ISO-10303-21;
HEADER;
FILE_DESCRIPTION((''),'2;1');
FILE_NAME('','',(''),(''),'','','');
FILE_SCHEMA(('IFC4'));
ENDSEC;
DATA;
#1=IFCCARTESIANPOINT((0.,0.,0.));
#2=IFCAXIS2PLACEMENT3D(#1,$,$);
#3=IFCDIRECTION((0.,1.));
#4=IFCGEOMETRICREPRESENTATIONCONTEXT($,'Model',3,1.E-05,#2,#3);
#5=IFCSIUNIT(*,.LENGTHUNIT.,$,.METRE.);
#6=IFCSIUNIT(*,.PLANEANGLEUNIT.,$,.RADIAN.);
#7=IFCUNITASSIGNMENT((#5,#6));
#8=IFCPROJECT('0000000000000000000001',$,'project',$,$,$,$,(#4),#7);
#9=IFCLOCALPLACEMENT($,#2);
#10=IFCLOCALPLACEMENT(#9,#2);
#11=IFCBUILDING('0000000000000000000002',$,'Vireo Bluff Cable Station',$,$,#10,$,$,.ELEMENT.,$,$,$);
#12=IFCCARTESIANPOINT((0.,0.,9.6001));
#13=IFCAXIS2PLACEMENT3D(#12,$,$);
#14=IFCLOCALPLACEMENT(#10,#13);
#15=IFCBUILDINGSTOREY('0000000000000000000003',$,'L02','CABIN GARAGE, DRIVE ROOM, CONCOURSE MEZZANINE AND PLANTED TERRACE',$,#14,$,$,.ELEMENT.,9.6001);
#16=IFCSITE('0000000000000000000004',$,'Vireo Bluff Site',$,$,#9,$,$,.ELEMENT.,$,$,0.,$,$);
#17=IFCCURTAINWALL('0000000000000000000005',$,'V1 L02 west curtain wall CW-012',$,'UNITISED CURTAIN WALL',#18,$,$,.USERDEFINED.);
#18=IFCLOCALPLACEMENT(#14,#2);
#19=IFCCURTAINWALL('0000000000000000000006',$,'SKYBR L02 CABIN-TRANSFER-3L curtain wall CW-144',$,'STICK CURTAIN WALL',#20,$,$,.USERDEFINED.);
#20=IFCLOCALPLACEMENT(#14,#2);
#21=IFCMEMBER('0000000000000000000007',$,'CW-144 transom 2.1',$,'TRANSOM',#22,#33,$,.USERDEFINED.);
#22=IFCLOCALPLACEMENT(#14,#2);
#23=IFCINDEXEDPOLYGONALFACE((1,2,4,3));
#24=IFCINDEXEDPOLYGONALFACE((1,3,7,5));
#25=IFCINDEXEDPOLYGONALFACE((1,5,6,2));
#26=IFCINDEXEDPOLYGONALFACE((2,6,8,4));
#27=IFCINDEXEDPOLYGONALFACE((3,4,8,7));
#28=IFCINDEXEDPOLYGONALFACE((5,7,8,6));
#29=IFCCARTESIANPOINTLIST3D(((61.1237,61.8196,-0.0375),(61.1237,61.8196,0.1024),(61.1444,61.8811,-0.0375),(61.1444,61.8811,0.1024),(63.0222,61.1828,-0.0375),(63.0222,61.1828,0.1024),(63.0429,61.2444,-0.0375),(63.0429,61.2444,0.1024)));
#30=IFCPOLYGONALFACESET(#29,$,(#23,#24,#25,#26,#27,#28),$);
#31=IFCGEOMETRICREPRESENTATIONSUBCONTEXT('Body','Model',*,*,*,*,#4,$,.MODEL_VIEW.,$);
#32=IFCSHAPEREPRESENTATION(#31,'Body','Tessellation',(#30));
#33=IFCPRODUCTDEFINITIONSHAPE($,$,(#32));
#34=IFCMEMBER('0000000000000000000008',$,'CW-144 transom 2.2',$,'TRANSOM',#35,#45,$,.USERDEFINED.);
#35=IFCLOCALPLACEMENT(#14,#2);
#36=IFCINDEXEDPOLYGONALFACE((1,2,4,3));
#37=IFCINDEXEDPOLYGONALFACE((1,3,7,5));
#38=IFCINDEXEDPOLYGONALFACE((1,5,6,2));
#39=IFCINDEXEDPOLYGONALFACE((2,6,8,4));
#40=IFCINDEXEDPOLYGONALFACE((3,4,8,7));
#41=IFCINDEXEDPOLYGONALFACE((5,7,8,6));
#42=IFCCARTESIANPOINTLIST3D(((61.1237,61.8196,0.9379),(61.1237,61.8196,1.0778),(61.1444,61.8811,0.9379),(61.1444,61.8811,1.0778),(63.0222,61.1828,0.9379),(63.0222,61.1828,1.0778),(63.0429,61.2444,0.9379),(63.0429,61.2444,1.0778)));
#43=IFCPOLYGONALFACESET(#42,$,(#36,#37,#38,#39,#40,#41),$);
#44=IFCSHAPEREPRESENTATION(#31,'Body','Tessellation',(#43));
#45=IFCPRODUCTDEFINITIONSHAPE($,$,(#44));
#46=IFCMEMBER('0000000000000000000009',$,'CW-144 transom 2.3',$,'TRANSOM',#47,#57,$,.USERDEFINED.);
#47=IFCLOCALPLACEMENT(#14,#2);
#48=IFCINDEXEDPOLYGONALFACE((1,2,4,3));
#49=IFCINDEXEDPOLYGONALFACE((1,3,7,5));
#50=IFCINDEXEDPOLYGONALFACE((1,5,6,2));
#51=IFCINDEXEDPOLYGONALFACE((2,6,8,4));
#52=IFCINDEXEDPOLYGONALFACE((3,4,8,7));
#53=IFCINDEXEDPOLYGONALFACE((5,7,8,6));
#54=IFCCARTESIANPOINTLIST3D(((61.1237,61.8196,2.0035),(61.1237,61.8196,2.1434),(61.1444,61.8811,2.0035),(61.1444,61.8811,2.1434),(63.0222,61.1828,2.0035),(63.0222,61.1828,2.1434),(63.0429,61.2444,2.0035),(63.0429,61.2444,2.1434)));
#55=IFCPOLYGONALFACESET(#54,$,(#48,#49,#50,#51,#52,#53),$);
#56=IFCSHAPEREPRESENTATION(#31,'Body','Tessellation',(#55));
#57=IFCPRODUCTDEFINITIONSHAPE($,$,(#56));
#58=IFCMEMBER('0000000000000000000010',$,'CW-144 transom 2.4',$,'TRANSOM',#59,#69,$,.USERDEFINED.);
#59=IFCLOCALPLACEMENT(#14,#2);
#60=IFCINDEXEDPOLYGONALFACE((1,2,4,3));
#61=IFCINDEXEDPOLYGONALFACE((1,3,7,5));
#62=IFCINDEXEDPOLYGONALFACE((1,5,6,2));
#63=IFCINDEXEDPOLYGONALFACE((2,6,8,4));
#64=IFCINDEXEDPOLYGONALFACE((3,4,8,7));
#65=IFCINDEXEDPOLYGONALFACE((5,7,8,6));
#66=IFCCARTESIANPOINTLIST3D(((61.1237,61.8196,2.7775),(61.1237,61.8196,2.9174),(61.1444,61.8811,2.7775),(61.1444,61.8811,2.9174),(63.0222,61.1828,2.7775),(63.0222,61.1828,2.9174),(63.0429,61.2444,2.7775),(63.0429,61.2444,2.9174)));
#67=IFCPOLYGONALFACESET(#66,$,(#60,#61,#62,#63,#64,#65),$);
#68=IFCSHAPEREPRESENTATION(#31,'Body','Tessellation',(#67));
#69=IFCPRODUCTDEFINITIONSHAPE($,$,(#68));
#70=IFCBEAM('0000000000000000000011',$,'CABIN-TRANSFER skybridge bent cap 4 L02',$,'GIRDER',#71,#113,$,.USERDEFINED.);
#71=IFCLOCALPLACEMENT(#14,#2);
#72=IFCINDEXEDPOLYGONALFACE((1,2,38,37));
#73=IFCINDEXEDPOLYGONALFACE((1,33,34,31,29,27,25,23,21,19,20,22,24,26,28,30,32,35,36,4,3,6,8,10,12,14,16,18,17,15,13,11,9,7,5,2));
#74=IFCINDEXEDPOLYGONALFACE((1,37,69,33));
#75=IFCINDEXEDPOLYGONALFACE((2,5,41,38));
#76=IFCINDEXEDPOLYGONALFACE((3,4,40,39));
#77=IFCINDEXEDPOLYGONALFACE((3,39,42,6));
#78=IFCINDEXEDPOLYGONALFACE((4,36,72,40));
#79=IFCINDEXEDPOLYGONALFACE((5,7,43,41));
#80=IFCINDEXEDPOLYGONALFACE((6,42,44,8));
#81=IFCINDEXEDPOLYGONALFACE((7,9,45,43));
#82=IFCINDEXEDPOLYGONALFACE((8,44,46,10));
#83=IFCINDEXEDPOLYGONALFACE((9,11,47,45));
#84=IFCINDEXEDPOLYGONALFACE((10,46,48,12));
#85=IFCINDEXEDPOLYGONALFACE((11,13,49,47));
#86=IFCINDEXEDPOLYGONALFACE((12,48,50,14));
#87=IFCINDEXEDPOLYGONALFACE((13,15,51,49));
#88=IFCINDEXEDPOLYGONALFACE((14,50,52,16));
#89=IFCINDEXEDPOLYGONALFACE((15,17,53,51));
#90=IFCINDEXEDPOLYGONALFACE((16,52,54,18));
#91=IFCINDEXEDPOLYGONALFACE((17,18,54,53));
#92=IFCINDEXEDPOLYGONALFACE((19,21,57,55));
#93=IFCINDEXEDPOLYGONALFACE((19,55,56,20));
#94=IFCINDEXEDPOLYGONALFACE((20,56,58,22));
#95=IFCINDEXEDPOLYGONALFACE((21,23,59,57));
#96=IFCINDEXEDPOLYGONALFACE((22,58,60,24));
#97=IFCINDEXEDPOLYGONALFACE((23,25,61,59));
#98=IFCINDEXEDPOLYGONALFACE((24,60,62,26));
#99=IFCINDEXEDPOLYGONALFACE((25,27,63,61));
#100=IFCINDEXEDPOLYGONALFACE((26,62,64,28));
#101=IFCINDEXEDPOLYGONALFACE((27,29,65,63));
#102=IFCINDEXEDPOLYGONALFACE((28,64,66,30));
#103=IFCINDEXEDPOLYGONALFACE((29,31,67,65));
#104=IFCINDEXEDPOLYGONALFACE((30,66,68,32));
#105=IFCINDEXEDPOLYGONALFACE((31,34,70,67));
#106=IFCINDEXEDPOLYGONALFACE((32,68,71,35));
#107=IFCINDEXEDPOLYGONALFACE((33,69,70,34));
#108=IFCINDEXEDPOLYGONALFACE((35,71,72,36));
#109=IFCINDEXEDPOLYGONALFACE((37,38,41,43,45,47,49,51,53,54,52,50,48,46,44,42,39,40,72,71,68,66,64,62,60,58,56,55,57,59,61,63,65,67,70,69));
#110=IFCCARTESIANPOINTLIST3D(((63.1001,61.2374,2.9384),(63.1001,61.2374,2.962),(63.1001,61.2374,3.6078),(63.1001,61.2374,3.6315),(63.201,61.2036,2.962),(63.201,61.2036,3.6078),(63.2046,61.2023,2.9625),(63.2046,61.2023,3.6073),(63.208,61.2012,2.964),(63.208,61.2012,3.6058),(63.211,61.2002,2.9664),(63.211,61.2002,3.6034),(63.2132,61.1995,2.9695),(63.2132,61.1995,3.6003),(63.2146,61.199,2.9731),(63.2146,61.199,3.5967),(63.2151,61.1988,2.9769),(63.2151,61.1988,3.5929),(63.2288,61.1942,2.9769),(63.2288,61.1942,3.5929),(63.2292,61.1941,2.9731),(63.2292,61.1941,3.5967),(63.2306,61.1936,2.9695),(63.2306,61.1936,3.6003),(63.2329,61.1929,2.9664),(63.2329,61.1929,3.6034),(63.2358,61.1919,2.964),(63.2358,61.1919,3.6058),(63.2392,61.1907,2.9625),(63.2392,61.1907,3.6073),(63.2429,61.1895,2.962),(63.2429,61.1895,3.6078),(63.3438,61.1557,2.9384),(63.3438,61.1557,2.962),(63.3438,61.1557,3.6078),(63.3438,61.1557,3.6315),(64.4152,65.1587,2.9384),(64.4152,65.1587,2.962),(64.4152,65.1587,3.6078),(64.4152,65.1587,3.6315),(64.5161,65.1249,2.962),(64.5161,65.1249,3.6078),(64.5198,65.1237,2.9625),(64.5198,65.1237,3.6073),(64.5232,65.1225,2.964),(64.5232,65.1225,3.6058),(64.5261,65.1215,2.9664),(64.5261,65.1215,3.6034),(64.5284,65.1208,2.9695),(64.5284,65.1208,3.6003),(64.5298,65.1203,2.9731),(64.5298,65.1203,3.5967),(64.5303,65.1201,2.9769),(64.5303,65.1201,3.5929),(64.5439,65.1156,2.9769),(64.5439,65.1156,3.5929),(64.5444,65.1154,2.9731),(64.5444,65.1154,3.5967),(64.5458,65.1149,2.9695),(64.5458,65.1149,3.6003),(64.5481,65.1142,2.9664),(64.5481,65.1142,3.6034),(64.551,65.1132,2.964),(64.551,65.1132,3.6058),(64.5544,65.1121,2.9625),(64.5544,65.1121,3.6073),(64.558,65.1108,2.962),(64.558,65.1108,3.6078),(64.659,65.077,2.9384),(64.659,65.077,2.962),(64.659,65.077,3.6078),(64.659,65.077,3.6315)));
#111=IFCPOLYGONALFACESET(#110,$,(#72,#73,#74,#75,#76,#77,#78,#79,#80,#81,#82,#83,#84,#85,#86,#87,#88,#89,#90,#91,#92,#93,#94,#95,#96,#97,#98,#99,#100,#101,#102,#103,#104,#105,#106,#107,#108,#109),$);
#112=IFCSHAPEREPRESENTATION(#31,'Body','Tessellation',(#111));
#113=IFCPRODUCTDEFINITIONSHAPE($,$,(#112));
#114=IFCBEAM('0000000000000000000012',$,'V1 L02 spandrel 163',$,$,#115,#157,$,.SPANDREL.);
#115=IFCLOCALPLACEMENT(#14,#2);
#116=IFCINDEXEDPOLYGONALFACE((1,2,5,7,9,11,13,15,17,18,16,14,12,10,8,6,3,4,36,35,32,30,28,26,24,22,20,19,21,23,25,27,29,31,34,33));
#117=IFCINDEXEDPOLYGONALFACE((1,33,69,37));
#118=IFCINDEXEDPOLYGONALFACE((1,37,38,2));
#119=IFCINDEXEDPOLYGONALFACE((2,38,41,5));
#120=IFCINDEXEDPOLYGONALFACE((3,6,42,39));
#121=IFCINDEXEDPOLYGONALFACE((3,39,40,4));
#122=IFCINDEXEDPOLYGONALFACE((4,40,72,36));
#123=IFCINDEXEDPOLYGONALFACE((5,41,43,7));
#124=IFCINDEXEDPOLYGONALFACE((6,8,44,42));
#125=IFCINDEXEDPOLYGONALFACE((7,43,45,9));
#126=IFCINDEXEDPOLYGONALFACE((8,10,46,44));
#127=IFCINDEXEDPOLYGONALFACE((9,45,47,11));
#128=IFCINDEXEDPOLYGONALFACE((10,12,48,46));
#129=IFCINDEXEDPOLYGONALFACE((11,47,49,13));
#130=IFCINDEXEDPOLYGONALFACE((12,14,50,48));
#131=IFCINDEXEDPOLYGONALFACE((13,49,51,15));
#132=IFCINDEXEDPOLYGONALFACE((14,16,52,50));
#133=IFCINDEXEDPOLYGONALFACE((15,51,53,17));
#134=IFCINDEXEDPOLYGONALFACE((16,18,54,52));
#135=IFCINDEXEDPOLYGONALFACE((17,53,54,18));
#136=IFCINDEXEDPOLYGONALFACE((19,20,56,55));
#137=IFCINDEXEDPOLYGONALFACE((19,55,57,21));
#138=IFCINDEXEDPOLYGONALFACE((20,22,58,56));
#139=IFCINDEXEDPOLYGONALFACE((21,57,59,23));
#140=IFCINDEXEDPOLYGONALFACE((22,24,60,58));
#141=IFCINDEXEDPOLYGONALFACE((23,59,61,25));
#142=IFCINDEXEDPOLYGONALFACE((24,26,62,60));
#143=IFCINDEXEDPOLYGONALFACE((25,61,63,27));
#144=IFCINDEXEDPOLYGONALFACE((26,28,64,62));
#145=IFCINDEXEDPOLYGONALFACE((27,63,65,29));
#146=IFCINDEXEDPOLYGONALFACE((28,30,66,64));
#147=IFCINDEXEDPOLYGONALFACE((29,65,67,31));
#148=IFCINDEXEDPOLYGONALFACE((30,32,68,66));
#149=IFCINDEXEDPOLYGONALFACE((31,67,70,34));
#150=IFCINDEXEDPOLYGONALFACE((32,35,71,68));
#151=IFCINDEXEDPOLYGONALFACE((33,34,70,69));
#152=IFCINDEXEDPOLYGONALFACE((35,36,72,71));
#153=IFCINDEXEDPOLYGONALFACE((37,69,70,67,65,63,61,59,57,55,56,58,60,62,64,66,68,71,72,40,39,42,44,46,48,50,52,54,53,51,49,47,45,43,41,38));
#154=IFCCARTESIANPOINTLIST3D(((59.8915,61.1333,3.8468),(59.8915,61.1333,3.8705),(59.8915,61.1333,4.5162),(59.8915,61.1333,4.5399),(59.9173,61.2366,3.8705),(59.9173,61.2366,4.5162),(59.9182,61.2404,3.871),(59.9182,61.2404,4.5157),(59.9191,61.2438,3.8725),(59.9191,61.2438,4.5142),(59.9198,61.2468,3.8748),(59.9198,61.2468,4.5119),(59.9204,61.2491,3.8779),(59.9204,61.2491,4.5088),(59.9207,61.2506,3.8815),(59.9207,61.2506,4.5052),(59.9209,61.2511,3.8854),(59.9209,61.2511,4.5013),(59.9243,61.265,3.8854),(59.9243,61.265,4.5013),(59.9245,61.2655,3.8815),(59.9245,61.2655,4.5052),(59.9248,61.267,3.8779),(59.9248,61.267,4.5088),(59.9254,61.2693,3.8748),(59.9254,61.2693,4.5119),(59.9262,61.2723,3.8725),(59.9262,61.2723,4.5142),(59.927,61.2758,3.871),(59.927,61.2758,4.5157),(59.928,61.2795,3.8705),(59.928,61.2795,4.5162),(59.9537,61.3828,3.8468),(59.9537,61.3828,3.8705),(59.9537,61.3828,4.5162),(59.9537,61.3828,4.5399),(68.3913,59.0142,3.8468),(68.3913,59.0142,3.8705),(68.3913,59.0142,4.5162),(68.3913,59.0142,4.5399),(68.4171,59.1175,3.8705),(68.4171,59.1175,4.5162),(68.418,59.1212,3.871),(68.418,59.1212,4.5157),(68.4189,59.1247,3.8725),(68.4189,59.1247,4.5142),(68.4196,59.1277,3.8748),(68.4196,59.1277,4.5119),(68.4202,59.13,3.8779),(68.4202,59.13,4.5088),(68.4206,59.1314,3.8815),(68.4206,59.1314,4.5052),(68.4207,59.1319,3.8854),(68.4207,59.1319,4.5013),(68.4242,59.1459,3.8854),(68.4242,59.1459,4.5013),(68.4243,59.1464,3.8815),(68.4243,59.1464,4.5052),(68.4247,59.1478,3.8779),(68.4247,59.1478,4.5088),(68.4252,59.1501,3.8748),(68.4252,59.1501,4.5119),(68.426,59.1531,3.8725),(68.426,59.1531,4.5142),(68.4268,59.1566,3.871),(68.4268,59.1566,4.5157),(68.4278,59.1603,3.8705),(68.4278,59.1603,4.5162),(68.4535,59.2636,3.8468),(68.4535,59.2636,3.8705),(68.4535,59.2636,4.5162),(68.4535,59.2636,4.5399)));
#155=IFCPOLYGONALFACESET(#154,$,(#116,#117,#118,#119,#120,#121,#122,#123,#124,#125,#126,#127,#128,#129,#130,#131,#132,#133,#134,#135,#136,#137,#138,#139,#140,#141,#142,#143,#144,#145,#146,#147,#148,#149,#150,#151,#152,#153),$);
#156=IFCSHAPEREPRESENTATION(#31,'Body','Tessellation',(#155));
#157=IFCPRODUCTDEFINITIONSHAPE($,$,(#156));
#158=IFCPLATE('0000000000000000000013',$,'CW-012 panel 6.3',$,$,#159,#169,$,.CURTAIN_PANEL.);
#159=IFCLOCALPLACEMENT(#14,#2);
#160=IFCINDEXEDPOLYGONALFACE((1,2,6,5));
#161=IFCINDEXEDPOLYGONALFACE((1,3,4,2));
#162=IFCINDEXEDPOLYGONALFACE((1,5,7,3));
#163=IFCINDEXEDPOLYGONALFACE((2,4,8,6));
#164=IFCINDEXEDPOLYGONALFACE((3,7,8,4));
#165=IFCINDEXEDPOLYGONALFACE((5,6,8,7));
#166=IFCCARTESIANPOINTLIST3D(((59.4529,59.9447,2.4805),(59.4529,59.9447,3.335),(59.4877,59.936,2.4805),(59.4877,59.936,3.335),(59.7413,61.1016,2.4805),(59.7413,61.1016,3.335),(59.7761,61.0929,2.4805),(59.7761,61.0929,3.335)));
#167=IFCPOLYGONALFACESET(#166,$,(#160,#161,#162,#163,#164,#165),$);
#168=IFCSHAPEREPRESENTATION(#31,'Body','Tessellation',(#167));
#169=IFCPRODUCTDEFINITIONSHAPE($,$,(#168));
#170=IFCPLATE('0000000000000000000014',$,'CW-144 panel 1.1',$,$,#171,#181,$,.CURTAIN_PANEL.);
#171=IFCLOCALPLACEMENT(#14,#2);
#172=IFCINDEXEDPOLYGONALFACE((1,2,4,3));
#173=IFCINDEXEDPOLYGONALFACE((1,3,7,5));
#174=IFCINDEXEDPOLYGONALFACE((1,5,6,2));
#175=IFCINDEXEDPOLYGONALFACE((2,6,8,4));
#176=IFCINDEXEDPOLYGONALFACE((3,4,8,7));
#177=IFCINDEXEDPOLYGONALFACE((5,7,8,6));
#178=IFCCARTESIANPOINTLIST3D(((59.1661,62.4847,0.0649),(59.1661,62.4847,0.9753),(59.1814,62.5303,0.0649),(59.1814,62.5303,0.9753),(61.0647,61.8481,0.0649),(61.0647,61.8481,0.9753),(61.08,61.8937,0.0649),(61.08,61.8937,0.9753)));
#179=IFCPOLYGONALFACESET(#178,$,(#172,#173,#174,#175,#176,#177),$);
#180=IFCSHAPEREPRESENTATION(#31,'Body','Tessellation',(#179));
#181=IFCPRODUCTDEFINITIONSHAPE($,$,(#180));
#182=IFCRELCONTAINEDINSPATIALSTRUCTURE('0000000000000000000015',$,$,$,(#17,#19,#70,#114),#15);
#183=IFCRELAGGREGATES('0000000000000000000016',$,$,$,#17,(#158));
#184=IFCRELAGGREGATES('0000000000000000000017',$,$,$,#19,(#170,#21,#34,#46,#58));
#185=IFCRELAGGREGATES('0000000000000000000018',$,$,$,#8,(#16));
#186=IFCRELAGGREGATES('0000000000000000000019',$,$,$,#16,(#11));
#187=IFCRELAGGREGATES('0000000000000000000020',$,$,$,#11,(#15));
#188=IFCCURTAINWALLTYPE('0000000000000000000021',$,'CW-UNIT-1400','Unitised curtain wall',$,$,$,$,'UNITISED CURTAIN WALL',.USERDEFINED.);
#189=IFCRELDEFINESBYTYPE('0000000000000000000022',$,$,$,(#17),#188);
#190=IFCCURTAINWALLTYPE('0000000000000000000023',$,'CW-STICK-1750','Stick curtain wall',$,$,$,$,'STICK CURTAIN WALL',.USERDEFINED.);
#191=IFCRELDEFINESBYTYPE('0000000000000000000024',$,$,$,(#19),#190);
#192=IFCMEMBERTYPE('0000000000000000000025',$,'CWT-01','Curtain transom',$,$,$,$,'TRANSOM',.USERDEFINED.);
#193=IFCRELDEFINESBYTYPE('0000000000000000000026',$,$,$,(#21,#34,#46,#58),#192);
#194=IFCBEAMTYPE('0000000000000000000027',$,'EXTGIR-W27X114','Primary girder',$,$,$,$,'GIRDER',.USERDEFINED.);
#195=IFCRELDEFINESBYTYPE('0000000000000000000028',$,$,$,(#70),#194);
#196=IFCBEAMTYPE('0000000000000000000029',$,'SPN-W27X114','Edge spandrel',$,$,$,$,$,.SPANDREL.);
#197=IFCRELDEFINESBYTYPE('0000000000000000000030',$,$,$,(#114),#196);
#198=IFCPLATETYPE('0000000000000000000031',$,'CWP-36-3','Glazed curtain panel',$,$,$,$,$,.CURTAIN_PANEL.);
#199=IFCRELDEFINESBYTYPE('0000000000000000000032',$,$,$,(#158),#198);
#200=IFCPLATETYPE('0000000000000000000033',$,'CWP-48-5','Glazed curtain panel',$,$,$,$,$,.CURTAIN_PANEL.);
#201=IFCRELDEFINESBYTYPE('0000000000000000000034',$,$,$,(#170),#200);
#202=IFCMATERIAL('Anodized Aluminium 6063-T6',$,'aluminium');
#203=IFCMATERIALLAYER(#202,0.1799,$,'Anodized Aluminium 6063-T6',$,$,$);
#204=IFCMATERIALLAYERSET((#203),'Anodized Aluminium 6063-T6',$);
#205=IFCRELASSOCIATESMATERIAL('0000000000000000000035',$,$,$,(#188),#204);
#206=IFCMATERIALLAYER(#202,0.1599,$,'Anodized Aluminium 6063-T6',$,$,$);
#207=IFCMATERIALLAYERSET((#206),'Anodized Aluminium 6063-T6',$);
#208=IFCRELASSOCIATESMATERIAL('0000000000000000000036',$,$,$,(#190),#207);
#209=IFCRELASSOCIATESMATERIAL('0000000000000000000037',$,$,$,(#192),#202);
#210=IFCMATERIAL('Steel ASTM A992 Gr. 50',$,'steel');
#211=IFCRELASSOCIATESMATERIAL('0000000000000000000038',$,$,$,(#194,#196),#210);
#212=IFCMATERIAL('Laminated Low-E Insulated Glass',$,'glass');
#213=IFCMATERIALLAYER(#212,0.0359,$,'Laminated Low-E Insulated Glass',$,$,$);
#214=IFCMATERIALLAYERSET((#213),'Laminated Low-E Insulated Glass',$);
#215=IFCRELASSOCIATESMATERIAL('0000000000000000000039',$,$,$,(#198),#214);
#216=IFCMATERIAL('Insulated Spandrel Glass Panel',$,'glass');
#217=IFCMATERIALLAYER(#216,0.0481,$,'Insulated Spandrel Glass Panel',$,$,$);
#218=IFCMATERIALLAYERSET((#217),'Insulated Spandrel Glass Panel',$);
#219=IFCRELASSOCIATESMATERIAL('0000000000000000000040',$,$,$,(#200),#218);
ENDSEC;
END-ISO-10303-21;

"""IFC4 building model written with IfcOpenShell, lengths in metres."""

from ifc_helpers import new_model, si_unit, direction, frame, origin, origin_2d, place, context, subcontext, project, spatial, rectangle, i_section, extrude, material, layer, layer_set, material_profile, profile_set, type_object, element, aggregate, save


model = new_model("IFC4")

# Units and contexts
model_context = context("Model", 3, precision=1e-05, world=origin(), true_north=direction((0.0, 1.0)))
body_context = subcontext(model_context, "Body", "Model", "MODEL_VIEW")
ifc_project = project(units=[si_unit("LENGTHUNIT", "METRE"), si_unit("PLANEANGLEUNIT", "RADIAN")], contexts=[model_context])

# Site, building, storey
site_placement = place(None, origin())
site = spatial("IfcSite", under=ifc_project, at=site_placement, Name="Vireo Bluff Site", CompositionType="ELEMENT", RefElevation=0.0)
building_placement = place(site_placement, origin())
building = spatial("IfcBuilding", under=site, at=building_placement, Name="Vireo Bluff Cable Station", CompositionType="ELEMENT")
storey_placement = place(building_placement, frame((0.0, 0.0, 9.6001)))
storey = spatial("IfcBuildingStorey", under=building, at=storey_placement, Name="L02", Description="CABIN GARAGE, DRIVE ROOM, CONCOURSE MEZZANINE AND PLANTED TERRACE", CompositionType="ELEMENT", Elevation=9.6001)

# Shared definitions
ifc_material_1 = material(Name="Steel ASTM A992 Gr. 50", Category="steel")

# Curtain wall
ifc_material_2 = material(Name="Anodized Aluminium 6063-T6", Category="aluminium")
ifc_layer_1 = layer(ifc_material_2, 0.1799, Name="Anodized Aluminium 6063-T6")
ifc_layer_set_1 = layer_set([ifc_layer_1], Name="Anodized Aluminium 6063-T6")
curtain_wall_type_1 = type_object("IfcCurtainWallType", Name="CW-UNIT-1400", Description="Unitised curtain wall", ElementType="UNITISED CURTAIN WALL", PredefinedType="USERDEFINED", material=ifc_layer_set_1)
curtain_wall_1_placement = place(storey_placement, origin())
curtain_wall_1 = element("IfcCurtainWall", 1, at=curtain_wall_1_placement, inside=storey, type_object=curtain_wall_type_1, Name="V1 L02 west curtain wall CW-012", ObjectType="UNITISED CURTAIN WALL", PredefinedType="USERDEFINED")

# Curtain wall, members
ifc_layer_2 = layer(ifc_material_2, 0.1599, Name="Anodized Aluminium 6063-T6")
ifc_layer_set_2 = layer_set([ifc_layer_2], Name="Anodized Aluminium 6063-T6")
curtain_wall_type_2 = type_object("IfcCurtainWallType", Name="CW-STICK-1750", Description="Stick curtain wall", ElementType="STICK CURTAIN WALL", PredefinedType="USERDEFINED", material=ifc_layer_set_2)
curtain_wall_2_placement = place(storey_placement, origin())
curtain_wall_2 = element("IfcCurtainWall", 2, at=curtain_wall_2_placement, inside=storey, type_object=curtain_wall_type_2, Name="SKYBR L02 CABIN-TRANSFER-3L curtain wall CW-144", ObjectType="STICK CURTAIN WALL", PredefinedType="USERDEFINED")
ifc_material_profile_1 = material_profile(ifc_material_2, rectangle(XDim=0.0649, YDim=0.1399, at=origin_2d()), Name="ALU-T-65X140")
ifc_profile_set_1 = profile_set([ifc_material_profile_1], Name="Anodized Aluminium 6063-T6")
member_type_1 = type_object("IfcMemberType", Name="CWT-01", Description="Curtain transom", ElementType="TRANSOM", PredefinedType="USERDEFINED", material=ifc_profile_set_1)
member_1_placement = place(storey_placement, frame((61.134, 61.8503, 0.0325), z_axis=(0.948096, -0.317983, 0.0), x_axis=(0.317983, 0.948096, 0.0)))
member_1 = element("IfcMember", 3, at=member_1_placement, type_object=member_type_1, Name="CW-144 transom 2.1", ObjectType="TRANSOM", PredefinedType="USERDEFINED", context=body_context, shape_type="SweptSolid", body=[
    extrude(rectangle(XDim=0.0649, YDim=0.1399, at=origin_2d()), origin(), (0.0, 0.0, 1.0), 2.0024),
])
member_2_placement = place(storey_placement, frame((61.134, 61.8503, 1.0078), z_axis=(0.948096, -0.317983, 0.0), x_axis=(0.317983, 0.948096, 0.0)))
member_2 = element("IfcMember", 4, at=member_2_placement, type_object=member_type_1, Name="CW-144 transom 2.2", ObjectType="TRANSOM", PredefinedType="USERDEFINED", context=body_context, shape_type="SweptSolid", body=[
    extrude(rectangle(XDim=0.0649, YDim=0.1399, at=origin_2d()), origin(), (0.0, 0.0, 1.0), 2.0024),
])
member_3_placement = place(storey_placement, frame((61.134, 61.8503, 2.0735), z_axis=(0.948096, -0.317983, 0.0), x_axis=(0.317983, 0.948096, 0.0)))
member_3 = element("IfcMember", 5, at=member_3_placement, type_object=member_type_1, Name="CW-144 transom 2.3", ObjectType="TRANSOM", PredefinedType="USERDEFINED", context=body_context, shape_type="SweptSolid", body=[
    extrude(rectangle(XDim=0.0649, YDim=0.1399, at=origin_2d()), origin(), (0.0, 0.0, 1.0), 2.0024),
])
member_4_placement = place(storey_placement, frame((61.134, 61.8503, 2.8474), z_axis=(0.948096, -0.317983, 0.0), x_axis=(0.317983, 0.948096, 0.0)))
member_4 = element("IfcMember", 6, at=member_4_placement, type_object=member_type_1, Name="CW-144 transom 2.4", ObjectType="TRANSOM", PredefinedType="USERDEFINED", context=body_context, shape_type="SweptSolid", body=[
    extrude(rectangle(XDim=0.0649, YDim=0.1399, at=origin_2d()), origin(), (0.0, 0.0, 1.0), 2.0024),
])

# Beams
ifc_material_profile_2 = material_profile(ifc_material_1, i_section(OverallWidth=0.2571, OverallDepth=0.6931, WebThickness=0.0144, FlangeThickness=0.0237, FilletRadius=0.0149, at=origin_2d()), Name="W27X114")
ifc_profile_set_2 = profile_set([ifc_material_profile_2], Name="Steel ASTM A992 Gr. 50")
beam_type_1 = type_object("IfcBeamType", Name="EXTGIR-W27X114", Description="Primary girder", ElementType="GIRDER", PredefinedType="USERDEFINED", material=ifc_profile_set_2)
beam_1_placement = place(storey_placement, frame((63.2219, 61.1965, 3.2849), z_axis=(0.31798, 0.948097, 0.0), x_axis=(-0.948097, 0.31798, 0.0)))
element("IfcBeam", 7, at=beam_1_placement, inside=storey, type_object=beam_type_1, Name="CABIN-TRANSFER skybridge bent cap 4 L02", ObjectType="GIRDER", PredefinedType="USERDEFINED", context=body_context, shape_type="SweptSolid", body=[
    extrude(i_section(OverallWidth=0.2571, OverallDepth=0.6931, WebThickness=0.0144, FlangeThickness=0.0237, FilletRadius=0.0149, at=origin_2d()), origin(), (0.0, 0.0, 1.0), 4.136),
])
ifc_material_profile_3 = material_profile(ifc_material_1, i_section(OverallWidth=0.2571, OverallDepth=0.6931, WebThickness=0.0144, FlangeThickness=0.0237, FilletRadius=0.0149, at=origin_2d()), Name="W27X114")
ifc_profile_set_3 = profile_set([ifc_material_profile_3], Name="Steel ASTM A992 Gr. 50")
beam_type_2 = type_object("IfcBeamType", Name="SPN-W27X114", Description="Edge spandrel", PredefinedType="SPANDREL", material=ifc_profile_set_3)
beam_2_placement = place(storey_placement, frame((59.9226, 61.2581, 4.1934), z_axis=(0.970298, -0.241913, 0.0), x_axis=(0.241913, 0.970298, 0.0)))
element("IfcBeam", 8, at=beam_2_placement, inside=storey, type_object=beam_type_2, Name="V1 L02 spandrel 163", PredefinedType="SPANDREL", context=body_context, shape_type="SweptSolid", body=[
    extrude(i_section(OverallWidth=0.2571, OverallDepth=0.6931, WebThickness=0.0144, FlangeThickness=0.0237, FilletRadius=0.0149, at=origin_2d()), origin(), (0.0, 0.0, 1.0), 8.76),
])

# Plates
ifc_material_3 = material(Name="Laminated Low-E Insulated Glass", Category="glass")
ifc_layer_3 = layer(ifc_material_3, 0.0359, Name="Laminated Low-E Insulated Glass")
ifc_layer_set_3 = layer_set([ifc_layer_3], Name="Laminated Low-E Insulated Glass")
plate_type_1 = type_object("IfcPlateType", Name="CWP-36-3", Description="Glazed curtain panel", PredefinedType="CURTAIN_PANEL", material=ifc_layer_set_3)
plate_1_placement = place(storey_placement, frame((59.6145, 60.5188, 2.4805), z_axis=(0.0, 0.0, 1.0), x_axis=(0.241922, 0.970296, 0.0)))
plate_1 = element("IfcPlate", 9, at=plate_1_placement, type_object=plate_type_1, Name="CW-012 panel 6.3", PredefinedType="CURTAIN_PANEL", context=body_context, shape_type="SweptSolid", body=[
    extrude(rectangle(XDim=1.1924, YDim=0.0359, at=origin_2d()), origin(), (0.0, 0.0, 1.0), 0.8545),
])
aggregate(curtain_wall_1, [plate_1])
ifc_material_4 = material(Name="Insulated Spandrel Glass Panel", Category="glass")
ifc_layer_4 = layer(ifc_material_4, 0.0481, Name="Insulated Spandrel Glass Panel")
ifc_layer_set_4 = layer_set([ifc_layer_4], Name="Insulated Spandrel Glass Panel")
plate_type_2 = type_object("IfcPlateType", Name="CWP-48-5", Description="Glazed curtain panel", PredefinedType="CURTAIN_PANEL", material=ifc_layer_set_4)
plate_2_placement = place(storey_placement, frame((60.123, 62.1892, 0.0649), z_axis=(0.0, 0.0, 1.0), x_axis=(0.948113, -0.317934, 0.0)))
plate_2 = element("IfcPlate", 10, at=plate_2_placement, type_object=plate_type_2, Name="CW-144 panel 1.1", PredefinedType="CURTAIN_PANEL", context=body_context, shape_type="SweptSolid", body=[
    extrude(rectangle(XDim=2.0024, YDim=0.0481, at=origin_2d()), origin(), (0.0, 0.0, 1.0), 0.9104),
])
aggregate(curtain_wall_2, [plate_2, member_1, member_2, member_3, member_4])

save(model, "model.ifc")
